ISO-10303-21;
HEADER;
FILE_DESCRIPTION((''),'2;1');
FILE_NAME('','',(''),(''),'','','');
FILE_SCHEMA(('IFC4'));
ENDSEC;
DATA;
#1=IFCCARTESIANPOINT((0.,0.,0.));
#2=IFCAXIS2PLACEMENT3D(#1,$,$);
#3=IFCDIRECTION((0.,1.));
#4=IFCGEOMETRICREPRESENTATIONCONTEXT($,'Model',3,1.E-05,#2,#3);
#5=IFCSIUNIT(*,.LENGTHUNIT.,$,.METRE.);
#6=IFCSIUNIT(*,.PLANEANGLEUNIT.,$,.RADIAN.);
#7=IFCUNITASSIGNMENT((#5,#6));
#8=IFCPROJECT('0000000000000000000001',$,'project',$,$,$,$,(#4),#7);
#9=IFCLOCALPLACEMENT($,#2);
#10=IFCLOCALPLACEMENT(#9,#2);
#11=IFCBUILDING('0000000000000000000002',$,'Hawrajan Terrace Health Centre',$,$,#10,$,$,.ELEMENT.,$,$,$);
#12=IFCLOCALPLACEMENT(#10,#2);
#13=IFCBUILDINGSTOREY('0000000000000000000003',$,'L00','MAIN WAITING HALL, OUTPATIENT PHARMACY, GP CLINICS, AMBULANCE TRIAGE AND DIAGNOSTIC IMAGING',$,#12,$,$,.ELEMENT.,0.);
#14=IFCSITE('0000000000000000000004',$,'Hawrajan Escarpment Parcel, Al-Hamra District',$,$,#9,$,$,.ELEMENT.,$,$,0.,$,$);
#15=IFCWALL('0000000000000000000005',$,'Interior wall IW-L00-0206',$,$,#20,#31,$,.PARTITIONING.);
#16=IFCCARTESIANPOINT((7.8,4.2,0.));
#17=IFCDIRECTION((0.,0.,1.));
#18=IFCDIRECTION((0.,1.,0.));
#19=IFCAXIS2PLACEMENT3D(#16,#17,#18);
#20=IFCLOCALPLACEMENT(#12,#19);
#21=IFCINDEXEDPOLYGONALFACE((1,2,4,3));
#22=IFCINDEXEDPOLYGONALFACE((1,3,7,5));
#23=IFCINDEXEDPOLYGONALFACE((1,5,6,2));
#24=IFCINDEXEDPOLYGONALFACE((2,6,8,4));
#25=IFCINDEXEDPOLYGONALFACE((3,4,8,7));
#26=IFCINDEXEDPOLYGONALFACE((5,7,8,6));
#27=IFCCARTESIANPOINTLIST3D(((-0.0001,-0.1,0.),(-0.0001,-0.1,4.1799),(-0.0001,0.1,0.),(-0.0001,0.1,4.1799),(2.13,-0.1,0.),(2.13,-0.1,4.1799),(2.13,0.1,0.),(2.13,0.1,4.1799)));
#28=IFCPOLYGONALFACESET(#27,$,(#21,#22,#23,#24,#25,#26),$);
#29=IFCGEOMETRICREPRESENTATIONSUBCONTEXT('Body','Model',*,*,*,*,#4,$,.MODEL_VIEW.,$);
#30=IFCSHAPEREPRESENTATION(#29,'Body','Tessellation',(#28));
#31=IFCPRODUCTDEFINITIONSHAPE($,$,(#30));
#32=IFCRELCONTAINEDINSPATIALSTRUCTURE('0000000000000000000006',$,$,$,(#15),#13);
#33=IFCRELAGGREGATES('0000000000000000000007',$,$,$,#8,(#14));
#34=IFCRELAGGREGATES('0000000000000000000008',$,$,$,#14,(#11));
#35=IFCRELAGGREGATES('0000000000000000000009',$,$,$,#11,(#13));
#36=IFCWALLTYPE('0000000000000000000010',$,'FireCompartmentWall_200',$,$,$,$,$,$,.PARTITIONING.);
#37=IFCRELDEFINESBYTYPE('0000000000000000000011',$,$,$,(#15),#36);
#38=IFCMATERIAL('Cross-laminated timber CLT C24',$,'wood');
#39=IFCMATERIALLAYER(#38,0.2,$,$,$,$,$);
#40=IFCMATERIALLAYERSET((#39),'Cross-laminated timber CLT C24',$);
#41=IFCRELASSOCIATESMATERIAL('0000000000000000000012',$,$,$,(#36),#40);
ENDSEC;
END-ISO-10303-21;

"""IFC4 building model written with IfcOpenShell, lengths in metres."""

from ifc_helpers import new_model, si_unit, direction, frame, frame_2d, origin, place, context, subcontext, project, spatial, rectangle, extrude, material, layer, layer_set, type_object, element, save


model = new_model("IFC4")

# Units and contexts
model_context = context("Model", 3, precision=1e-05, world=origin(), true_north=direction((0.0, 1.0)))
body_context = subcontext(model_context, "Body", "Model", "MODEL_VIEW")
ifc_project = project(units=[si_unit("LENGTHUNIT", "METRE"), si_unit("PLANEANGLEUNIT", "RADIAN")], contexts=[model_context])

# Site, building, storey
site_placement = place(None, origin())
site = spatial("IfcSite", under=ifc_project, at=site_placement, Name="Hawrajan Escarpment Parcel, Al-Hamra District", CompositionType="ELEMENT", RefElevation=0.0)
building_placement = place(site_placement, origin())
building = spatial("IfcBuilding", under=site, at=building_placement, Name="Hawrajan Terrace Health Centre", CompositionType="ELEMENT")
storey_placement = place(building_placement, origin())
storey = spatial("IfcBuildingStorey", under=building, at=storey_placement, Name="L00", Description="MAIN WAITING HALL, OUTPATIENT PHARMACY, GP CLINICS, AMBULANCE TRIAGE AND DIAGNOSTIC IMAGING", CompositionType="ELEMENT", Elevation=0.0)

# Wall
ifc_material_1 = material(Name="Cross-laminated timber CLT C24", Category="wood")
ifc_layer_1 = layer(ifc_material_1, 0.2)
ifc_layer_set_1 = layer_set([ifc_layer_1], Name="Cross-laminated timber CLT C24")
wall_type_1 = type_object("IfcWallType", Name="FireCompartmentWall_200", PredefinedType="PARTITIONING", material=ifc_layer_set_1)
wall_1_placement = place(storey_placement, frame((7.8, 4.2, 0.0), z_axis=(0.0, 0.0, 1.0), x_axis=(0.0, 1.0, 0.0)))
element("IfcWall", 1, at=wall_1_placement, inside=storey, type_object=wall_type_1, Name="Interior wall IW-L00-0206", PredefinedType="PARTITIONING", context=body_context, shape_type="SweptSolid", body=[
    extrude(rectangle(XDim=2.1301, YDim=0.2, at=frame_2d((1.0649, 0.0))), origin(), (0.0, 0.0, 1.0), 4.1799),
])

save(model, "model.ifc")
